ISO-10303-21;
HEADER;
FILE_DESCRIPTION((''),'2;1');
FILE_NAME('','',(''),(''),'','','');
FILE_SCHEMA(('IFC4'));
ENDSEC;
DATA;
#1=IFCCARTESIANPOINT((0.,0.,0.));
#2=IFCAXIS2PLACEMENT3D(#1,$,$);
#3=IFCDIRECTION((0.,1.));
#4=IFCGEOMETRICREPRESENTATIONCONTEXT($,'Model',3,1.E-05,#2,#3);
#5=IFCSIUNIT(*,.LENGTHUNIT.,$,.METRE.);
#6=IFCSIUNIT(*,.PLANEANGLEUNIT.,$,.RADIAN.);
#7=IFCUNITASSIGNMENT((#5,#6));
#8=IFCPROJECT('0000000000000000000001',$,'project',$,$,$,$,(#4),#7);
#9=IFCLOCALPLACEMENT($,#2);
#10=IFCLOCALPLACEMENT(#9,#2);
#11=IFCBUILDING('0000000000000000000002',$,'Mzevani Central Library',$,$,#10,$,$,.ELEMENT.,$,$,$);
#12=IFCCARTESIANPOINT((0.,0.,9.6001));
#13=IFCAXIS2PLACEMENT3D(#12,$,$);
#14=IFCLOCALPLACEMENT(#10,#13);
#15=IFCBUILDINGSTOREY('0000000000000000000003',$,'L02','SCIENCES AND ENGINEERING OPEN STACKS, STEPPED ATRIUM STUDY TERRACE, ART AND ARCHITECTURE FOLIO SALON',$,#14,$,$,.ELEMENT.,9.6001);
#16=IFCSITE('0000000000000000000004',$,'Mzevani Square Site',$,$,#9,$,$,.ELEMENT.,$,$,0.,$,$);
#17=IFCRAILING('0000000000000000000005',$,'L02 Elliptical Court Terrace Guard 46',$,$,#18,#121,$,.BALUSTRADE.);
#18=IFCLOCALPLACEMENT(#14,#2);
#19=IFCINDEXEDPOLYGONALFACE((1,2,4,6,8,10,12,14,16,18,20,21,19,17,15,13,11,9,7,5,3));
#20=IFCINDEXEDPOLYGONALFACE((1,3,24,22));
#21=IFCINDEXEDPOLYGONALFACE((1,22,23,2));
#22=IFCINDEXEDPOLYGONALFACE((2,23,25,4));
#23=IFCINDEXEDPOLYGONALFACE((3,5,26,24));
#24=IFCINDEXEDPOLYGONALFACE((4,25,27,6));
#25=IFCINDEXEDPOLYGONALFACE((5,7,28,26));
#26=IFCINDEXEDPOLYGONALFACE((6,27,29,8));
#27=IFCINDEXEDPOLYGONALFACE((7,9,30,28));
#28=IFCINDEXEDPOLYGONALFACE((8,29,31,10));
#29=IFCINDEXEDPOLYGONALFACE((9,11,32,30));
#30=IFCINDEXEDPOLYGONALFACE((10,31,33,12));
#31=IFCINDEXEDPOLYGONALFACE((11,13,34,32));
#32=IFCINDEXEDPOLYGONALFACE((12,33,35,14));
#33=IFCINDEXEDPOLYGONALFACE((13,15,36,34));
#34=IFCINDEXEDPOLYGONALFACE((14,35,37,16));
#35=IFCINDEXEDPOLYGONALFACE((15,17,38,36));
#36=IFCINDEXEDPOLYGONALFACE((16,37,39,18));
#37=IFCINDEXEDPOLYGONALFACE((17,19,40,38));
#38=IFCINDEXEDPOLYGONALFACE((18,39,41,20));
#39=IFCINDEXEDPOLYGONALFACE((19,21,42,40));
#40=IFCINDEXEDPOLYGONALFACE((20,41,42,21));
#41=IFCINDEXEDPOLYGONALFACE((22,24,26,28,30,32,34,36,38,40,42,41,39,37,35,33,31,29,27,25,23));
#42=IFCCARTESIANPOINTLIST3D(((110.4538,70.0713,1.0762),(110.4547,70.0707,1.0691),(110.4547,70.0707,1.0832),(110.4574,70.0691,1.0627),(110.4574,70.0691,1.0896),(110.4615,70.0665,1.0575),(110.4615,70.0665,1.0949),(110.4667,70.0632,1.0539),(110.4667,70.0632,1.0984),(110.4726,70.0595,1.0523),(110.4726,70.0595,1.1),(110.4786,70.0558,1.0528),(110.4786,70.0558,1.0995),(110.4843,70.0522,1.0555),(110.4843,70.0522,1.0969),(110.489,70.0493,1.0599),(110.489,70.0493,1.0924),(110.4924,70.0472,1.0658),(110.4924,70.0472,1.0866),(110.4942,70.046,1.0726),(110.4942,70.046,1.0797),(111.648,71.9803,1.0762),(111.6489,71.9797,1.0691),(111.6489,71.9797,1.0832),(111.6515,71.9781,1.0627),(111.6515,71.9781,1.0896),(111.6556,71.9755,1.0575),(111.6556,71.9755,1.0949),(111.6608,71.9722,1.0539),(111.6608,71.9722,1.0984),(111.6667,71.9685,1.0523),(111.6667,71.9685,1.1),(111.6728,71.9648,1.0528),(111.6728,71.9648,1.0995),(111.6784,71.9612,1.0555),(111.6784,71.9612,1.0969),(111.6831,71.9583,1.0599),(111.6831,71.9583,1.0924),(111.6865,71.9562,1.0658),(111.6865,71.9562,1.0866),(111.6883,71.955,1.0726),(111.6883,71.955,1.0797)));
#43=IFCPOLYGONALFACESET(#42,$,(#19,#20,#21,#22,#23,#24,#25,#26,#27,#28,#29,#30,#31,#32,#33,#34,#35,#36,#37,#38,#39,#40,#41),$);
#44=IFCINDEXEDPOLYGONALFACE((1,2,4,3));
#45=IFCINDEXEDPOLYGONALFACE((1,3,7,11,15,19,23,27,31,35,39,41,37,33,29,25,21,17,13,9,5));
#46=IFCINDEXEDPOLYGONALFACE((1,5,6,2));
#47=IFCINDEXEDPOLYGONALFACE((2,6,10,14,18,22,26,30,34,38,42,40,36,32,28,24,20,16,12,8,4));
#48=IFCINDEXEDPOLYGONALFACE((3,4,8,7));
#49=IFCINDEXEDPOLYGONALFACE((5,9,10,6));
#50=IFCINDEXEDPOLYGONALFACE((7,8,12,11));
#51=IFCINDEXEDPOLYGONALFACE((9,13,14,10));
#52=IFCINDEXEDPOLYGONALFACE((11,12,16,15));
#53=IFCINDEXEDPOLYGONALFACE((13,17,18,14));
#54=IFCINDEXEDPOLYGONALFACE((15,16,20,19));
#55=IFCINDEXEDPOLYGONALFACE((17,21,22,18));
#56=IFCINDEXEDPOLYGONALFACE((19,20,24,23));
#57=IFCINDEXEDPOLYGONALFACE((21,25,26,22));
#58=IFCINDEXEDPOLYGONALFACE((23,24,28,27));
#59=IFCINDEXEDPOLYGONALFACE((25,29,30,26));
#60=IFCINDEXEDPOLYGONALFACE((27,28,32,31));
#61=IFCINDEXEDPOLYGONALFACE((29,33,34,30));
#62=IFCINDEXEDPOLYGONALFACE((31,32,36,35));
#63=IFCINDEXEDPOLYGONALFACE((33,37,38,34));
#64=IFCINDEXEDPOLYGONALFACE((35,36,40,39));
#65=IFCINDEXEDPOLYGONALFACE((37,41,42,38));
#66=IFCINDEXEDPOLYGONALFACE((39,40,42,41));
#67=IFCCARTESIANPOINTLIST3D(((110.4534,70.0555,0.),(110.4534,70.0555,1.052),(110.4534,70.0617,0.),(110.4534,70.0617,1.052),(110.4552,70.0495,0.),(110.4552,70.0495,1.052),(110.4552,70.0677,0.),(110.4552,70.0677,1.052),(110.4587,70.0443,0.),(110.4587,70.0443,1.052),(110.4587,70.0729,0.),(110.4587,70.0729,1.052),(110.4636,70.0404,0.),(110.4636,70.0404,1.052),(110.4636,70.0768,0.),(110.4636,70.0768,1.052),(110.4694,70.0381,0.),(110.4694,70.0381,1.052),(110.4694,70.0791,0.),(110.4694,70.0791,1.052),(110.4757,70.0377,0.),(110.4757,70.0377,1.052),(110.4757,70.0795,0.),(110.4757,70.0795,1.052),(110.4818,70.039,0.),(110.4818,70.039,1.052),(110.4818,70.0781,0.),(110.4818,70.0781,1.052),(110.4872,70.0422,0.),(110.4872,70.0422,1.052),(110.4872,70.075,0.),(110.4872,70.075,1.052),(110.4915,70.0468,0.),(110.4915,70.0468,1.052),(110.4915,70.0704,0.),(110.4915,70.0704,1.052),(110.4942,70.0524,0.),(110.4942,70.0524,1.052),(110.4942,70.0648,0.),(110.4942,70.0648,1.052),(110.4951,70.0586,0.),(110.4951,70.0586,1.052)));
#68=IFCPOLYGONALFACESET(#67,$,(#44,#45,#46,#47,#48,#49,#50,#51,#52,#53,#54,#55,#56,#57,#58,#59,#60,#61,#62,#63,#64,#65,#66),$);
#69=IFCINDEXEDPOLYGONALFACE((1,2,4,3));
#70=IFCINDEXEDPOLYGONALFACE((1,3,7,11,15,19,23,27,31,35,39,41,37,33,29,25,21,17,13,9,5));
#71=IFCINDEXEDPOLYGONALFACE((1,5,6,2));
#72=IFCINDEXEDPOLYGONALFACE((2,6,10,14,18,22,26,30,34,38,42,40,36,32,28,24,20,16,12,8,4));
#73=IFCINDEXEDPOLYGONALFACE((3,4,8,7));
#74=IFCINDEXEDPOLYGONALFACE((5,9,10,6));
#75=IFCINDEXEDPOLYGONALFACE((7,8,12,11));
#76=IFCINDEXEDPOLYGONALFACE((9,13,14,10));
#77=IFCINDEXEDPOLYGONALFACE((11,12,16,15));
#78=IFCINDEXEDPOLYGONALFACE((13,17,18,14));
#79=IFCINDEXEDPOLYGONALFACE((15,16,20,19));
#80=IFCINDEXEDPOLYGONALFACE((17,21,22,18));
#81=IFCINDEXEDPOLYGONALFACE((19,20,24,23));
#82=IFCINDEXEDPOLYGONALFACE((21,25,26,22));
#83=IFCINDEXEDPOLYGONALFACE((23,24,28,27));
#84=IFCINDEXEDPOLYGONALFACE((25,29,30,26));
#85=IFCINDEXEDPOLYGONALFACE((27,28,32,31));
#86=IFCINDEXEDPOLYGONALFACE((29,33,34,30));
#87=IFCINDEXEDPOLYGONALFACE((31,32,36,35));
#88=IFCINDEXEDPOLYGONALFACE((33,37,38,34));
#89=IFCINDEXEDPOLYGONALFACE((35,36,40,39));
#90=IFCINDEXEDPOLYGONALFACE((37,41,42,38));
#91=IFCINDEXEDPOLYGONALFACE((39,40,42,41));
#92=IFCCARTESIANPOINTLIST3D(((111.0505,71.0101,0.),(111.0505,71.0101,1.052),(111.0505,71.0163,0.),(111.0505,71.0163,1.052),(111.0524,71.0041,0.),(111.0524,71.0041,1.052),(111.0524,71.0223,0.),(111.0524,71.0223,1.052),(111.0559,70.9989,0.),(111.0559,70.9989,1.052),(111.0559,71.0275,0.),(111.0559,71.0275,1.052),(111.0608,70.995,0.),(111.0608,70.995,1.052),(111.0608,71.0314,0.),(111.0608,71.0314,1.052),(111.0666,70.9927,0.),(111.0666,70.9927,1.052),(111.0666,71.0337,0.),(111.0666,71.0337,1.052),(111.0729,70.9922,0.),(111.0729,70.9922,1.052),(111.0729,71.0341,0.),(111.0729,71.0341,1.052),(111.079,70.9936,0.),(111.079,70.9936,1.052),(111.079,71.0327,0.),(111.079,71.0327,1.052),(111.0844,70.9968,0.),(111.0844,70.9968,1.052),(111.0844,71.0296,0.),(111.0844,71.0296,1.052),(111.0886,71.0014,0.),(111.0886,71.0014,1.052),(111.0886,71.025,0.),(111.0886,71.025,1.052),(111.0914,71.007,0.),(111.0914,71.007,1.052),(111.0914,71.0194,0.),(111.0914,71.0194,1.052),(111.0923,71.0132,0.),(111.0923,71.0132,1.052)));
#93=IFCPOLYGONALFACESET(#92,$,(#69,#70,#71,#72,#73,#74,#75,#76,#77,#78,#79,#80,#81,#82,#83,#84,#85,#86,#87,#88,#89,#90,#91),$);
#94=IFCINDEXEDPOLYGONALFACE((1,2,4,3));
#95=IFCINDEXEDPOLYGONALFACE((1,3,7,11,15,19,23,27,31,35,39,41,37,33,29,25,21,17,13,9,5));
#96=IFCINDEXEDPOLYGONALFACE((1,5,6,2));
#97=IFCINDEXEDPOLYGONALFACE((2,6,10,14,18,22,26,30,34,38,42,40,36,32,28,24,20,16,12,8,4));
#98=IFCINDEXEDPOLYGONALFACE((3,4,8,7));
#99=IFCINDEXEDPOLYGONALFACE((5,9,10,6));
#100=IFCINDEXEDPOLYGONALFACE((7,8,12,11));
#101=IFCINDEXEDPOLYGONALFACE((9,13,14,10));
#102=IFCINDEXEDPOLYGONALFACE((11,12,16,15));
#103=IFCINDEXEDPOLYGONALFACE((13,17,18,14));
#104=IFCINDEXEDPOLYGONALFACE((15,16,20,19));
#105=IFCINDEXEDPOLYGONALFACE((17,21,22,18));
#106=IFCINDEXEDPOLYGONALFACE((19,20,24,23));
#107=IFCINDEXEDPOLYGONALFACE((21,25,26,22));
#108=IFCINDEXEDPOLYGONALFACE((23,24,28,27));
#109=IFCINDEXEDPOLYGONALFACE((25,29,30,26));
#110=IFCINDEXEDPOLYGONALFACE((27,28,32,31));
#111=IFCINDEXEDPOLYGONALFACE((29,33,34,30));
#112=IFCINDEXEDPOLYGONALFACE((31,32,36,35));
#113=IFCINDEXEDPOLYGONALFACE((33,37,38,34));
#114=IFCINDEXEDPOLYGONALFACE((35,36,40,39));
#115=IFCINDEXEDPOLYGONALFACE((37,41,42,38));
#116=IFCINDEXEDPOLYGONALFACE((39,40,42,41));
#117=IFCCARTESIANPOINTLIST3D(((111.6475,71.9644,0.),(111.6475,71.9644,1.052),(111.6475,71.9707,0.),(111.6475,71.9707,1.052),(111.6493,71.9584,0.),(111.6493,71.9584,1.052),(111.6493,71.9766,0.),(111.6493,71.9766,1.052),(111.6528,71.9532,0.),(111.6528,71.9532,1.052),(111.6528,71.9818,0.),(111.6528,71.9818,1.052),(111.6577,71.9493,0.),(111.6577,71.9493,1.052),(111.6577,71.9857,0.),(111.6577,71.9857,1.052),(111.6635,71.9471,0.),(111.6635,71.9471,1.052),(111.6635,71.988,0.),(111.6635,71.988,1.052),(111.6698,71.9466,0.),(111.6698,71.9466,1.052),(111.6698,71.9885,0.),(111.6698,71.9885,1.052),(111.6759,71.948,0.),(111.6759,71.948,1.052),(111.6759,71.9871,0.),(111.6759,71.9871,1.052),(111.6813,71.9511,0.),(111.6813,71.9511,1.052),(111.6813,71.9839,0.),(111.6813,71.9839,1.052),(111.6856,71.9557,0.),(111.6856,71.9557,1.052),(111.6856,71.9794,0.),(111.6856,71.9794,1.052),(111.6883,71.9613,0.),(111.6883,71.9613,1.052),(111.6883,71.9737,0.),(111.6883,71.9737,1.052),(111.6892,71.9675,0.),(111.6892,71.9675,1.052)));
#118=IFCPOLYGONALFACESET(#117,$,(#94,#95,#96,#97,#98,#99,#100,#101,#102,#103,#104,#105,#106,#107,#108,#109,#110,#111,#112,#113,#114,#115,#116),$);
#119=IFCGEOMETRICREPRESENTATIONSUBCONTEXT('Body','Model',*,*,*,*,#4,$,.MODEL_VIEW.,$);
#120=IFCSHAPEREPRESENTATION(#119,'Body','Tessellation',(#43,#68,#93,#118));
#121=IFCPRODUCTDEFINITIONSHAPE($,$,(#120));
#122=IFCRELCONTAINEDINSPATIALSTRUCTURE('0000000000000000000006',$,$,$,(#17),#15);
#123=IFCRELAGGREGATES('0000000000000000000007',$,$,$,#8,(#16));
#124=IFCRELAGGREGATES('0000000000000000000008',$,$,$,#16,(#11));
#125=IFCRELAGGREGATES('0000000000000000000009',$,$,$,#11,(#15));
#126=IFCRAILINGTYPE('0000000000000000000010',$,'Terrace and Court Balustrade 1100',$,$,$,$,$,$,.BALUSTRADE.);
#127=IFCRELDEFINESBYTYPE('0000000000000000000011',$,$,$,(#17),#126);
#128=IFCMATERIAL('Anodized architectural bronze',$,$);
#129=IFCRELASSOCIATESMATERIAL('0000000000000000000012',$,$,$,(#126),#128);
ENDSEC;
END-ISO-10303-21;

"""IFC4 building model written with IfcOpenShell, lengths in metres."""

from ifc_helpers import new_model, si_unit, direction, frame, origin, origin_2d, place, context, subcontext, project, spatial, circle, extrude, material, type_object, element, save


model = new_model("IFC4")

# Units and contexts
model_context = context("Model", 3, precision=1e-05, world=origin(), true_north=direction((0.0, 1.0)))
body_context = subcontext(model_context, "Body", "Model", "MODEL_VIEW")
ifc_project = project(units=[si_unit("LENGTHUNIT", "METRE"), si_unit("PLANEANGLEUNIT", "RADIAN")], contexts=[model_context])

# Site, building, storey
site_placement = place(None, origin())
site = spatial("IfcSite", under=ifc_project, at=site_placement, Name="Mzevani Square Site", CompositionType="ELEMENT", RefElevation=0.0)
building_placement = place(site_placement, origin())
building = spatial("IfcBuilding", under=site, at=building_placement, Name="Mzevani Central Library", CompositionType="ELEMENT")
storey_placement = place(building_placement, frame((0.0, 0.0, 9.6001)))
storey = spatial("IfcBuildingStorey", under=building, at=storey_placement, Name="L02", Description="SCIENCES AND ENGINEERING OPEN STACKS, STEPPED ATRIUM STUDY TERRACE, ART AND ARCHITECTURE FOLIO SALON", CompositionType="ELEMENT", Elevation=9.6001)

# Railing
ifc_material_1 = material(Name="Anodized architectural bronze")
railing_type = type_object("IfcRailingType", Name="Terrace and Court Balustrade 1100", PredefinedType="BALUSTRADE", material=ifc_material_1)
railing_1_placement = place(storey_placement, frame((110.4741, 70.0586, 0.0)))
element("IfcRailing", 1, at=railing_1_placement, inside=storey, type_object=railing_type, Name="L02 Elliptical Court Terrace Guard 46", PredefinedType="BALUSTRADE", context=body_context, shape_type="SweptSolid", body=[
    extrude(circle(Radius=0.0239, at=origin_2d()), frame((0.0, 0.0, 1.0762), z_axis=(0.530321, 0.847797, 0.0), x_axis=(-0.847797, 0.530321, 0.0)), (0.0, 0.0, 1.0), 2.2517),
    extrude(circle(Radius=0.021, at=origin_2d()), origin(), (0.0, 0.0, 1.0), 1.052),
    extrude(circle(Radius=0.021, at=origin_2d()), frame((0.5972, 0.9546, 0.0)), (0.0, 0.0, 1.0), 1.052),
    extrude(circle(Radius=0.021, at=origin_2d()), frame((1.1941, 1.9089, 0.0)), (0.0, 0.0, 1.0), 1.052),
])

save(model, "model.ifc")
